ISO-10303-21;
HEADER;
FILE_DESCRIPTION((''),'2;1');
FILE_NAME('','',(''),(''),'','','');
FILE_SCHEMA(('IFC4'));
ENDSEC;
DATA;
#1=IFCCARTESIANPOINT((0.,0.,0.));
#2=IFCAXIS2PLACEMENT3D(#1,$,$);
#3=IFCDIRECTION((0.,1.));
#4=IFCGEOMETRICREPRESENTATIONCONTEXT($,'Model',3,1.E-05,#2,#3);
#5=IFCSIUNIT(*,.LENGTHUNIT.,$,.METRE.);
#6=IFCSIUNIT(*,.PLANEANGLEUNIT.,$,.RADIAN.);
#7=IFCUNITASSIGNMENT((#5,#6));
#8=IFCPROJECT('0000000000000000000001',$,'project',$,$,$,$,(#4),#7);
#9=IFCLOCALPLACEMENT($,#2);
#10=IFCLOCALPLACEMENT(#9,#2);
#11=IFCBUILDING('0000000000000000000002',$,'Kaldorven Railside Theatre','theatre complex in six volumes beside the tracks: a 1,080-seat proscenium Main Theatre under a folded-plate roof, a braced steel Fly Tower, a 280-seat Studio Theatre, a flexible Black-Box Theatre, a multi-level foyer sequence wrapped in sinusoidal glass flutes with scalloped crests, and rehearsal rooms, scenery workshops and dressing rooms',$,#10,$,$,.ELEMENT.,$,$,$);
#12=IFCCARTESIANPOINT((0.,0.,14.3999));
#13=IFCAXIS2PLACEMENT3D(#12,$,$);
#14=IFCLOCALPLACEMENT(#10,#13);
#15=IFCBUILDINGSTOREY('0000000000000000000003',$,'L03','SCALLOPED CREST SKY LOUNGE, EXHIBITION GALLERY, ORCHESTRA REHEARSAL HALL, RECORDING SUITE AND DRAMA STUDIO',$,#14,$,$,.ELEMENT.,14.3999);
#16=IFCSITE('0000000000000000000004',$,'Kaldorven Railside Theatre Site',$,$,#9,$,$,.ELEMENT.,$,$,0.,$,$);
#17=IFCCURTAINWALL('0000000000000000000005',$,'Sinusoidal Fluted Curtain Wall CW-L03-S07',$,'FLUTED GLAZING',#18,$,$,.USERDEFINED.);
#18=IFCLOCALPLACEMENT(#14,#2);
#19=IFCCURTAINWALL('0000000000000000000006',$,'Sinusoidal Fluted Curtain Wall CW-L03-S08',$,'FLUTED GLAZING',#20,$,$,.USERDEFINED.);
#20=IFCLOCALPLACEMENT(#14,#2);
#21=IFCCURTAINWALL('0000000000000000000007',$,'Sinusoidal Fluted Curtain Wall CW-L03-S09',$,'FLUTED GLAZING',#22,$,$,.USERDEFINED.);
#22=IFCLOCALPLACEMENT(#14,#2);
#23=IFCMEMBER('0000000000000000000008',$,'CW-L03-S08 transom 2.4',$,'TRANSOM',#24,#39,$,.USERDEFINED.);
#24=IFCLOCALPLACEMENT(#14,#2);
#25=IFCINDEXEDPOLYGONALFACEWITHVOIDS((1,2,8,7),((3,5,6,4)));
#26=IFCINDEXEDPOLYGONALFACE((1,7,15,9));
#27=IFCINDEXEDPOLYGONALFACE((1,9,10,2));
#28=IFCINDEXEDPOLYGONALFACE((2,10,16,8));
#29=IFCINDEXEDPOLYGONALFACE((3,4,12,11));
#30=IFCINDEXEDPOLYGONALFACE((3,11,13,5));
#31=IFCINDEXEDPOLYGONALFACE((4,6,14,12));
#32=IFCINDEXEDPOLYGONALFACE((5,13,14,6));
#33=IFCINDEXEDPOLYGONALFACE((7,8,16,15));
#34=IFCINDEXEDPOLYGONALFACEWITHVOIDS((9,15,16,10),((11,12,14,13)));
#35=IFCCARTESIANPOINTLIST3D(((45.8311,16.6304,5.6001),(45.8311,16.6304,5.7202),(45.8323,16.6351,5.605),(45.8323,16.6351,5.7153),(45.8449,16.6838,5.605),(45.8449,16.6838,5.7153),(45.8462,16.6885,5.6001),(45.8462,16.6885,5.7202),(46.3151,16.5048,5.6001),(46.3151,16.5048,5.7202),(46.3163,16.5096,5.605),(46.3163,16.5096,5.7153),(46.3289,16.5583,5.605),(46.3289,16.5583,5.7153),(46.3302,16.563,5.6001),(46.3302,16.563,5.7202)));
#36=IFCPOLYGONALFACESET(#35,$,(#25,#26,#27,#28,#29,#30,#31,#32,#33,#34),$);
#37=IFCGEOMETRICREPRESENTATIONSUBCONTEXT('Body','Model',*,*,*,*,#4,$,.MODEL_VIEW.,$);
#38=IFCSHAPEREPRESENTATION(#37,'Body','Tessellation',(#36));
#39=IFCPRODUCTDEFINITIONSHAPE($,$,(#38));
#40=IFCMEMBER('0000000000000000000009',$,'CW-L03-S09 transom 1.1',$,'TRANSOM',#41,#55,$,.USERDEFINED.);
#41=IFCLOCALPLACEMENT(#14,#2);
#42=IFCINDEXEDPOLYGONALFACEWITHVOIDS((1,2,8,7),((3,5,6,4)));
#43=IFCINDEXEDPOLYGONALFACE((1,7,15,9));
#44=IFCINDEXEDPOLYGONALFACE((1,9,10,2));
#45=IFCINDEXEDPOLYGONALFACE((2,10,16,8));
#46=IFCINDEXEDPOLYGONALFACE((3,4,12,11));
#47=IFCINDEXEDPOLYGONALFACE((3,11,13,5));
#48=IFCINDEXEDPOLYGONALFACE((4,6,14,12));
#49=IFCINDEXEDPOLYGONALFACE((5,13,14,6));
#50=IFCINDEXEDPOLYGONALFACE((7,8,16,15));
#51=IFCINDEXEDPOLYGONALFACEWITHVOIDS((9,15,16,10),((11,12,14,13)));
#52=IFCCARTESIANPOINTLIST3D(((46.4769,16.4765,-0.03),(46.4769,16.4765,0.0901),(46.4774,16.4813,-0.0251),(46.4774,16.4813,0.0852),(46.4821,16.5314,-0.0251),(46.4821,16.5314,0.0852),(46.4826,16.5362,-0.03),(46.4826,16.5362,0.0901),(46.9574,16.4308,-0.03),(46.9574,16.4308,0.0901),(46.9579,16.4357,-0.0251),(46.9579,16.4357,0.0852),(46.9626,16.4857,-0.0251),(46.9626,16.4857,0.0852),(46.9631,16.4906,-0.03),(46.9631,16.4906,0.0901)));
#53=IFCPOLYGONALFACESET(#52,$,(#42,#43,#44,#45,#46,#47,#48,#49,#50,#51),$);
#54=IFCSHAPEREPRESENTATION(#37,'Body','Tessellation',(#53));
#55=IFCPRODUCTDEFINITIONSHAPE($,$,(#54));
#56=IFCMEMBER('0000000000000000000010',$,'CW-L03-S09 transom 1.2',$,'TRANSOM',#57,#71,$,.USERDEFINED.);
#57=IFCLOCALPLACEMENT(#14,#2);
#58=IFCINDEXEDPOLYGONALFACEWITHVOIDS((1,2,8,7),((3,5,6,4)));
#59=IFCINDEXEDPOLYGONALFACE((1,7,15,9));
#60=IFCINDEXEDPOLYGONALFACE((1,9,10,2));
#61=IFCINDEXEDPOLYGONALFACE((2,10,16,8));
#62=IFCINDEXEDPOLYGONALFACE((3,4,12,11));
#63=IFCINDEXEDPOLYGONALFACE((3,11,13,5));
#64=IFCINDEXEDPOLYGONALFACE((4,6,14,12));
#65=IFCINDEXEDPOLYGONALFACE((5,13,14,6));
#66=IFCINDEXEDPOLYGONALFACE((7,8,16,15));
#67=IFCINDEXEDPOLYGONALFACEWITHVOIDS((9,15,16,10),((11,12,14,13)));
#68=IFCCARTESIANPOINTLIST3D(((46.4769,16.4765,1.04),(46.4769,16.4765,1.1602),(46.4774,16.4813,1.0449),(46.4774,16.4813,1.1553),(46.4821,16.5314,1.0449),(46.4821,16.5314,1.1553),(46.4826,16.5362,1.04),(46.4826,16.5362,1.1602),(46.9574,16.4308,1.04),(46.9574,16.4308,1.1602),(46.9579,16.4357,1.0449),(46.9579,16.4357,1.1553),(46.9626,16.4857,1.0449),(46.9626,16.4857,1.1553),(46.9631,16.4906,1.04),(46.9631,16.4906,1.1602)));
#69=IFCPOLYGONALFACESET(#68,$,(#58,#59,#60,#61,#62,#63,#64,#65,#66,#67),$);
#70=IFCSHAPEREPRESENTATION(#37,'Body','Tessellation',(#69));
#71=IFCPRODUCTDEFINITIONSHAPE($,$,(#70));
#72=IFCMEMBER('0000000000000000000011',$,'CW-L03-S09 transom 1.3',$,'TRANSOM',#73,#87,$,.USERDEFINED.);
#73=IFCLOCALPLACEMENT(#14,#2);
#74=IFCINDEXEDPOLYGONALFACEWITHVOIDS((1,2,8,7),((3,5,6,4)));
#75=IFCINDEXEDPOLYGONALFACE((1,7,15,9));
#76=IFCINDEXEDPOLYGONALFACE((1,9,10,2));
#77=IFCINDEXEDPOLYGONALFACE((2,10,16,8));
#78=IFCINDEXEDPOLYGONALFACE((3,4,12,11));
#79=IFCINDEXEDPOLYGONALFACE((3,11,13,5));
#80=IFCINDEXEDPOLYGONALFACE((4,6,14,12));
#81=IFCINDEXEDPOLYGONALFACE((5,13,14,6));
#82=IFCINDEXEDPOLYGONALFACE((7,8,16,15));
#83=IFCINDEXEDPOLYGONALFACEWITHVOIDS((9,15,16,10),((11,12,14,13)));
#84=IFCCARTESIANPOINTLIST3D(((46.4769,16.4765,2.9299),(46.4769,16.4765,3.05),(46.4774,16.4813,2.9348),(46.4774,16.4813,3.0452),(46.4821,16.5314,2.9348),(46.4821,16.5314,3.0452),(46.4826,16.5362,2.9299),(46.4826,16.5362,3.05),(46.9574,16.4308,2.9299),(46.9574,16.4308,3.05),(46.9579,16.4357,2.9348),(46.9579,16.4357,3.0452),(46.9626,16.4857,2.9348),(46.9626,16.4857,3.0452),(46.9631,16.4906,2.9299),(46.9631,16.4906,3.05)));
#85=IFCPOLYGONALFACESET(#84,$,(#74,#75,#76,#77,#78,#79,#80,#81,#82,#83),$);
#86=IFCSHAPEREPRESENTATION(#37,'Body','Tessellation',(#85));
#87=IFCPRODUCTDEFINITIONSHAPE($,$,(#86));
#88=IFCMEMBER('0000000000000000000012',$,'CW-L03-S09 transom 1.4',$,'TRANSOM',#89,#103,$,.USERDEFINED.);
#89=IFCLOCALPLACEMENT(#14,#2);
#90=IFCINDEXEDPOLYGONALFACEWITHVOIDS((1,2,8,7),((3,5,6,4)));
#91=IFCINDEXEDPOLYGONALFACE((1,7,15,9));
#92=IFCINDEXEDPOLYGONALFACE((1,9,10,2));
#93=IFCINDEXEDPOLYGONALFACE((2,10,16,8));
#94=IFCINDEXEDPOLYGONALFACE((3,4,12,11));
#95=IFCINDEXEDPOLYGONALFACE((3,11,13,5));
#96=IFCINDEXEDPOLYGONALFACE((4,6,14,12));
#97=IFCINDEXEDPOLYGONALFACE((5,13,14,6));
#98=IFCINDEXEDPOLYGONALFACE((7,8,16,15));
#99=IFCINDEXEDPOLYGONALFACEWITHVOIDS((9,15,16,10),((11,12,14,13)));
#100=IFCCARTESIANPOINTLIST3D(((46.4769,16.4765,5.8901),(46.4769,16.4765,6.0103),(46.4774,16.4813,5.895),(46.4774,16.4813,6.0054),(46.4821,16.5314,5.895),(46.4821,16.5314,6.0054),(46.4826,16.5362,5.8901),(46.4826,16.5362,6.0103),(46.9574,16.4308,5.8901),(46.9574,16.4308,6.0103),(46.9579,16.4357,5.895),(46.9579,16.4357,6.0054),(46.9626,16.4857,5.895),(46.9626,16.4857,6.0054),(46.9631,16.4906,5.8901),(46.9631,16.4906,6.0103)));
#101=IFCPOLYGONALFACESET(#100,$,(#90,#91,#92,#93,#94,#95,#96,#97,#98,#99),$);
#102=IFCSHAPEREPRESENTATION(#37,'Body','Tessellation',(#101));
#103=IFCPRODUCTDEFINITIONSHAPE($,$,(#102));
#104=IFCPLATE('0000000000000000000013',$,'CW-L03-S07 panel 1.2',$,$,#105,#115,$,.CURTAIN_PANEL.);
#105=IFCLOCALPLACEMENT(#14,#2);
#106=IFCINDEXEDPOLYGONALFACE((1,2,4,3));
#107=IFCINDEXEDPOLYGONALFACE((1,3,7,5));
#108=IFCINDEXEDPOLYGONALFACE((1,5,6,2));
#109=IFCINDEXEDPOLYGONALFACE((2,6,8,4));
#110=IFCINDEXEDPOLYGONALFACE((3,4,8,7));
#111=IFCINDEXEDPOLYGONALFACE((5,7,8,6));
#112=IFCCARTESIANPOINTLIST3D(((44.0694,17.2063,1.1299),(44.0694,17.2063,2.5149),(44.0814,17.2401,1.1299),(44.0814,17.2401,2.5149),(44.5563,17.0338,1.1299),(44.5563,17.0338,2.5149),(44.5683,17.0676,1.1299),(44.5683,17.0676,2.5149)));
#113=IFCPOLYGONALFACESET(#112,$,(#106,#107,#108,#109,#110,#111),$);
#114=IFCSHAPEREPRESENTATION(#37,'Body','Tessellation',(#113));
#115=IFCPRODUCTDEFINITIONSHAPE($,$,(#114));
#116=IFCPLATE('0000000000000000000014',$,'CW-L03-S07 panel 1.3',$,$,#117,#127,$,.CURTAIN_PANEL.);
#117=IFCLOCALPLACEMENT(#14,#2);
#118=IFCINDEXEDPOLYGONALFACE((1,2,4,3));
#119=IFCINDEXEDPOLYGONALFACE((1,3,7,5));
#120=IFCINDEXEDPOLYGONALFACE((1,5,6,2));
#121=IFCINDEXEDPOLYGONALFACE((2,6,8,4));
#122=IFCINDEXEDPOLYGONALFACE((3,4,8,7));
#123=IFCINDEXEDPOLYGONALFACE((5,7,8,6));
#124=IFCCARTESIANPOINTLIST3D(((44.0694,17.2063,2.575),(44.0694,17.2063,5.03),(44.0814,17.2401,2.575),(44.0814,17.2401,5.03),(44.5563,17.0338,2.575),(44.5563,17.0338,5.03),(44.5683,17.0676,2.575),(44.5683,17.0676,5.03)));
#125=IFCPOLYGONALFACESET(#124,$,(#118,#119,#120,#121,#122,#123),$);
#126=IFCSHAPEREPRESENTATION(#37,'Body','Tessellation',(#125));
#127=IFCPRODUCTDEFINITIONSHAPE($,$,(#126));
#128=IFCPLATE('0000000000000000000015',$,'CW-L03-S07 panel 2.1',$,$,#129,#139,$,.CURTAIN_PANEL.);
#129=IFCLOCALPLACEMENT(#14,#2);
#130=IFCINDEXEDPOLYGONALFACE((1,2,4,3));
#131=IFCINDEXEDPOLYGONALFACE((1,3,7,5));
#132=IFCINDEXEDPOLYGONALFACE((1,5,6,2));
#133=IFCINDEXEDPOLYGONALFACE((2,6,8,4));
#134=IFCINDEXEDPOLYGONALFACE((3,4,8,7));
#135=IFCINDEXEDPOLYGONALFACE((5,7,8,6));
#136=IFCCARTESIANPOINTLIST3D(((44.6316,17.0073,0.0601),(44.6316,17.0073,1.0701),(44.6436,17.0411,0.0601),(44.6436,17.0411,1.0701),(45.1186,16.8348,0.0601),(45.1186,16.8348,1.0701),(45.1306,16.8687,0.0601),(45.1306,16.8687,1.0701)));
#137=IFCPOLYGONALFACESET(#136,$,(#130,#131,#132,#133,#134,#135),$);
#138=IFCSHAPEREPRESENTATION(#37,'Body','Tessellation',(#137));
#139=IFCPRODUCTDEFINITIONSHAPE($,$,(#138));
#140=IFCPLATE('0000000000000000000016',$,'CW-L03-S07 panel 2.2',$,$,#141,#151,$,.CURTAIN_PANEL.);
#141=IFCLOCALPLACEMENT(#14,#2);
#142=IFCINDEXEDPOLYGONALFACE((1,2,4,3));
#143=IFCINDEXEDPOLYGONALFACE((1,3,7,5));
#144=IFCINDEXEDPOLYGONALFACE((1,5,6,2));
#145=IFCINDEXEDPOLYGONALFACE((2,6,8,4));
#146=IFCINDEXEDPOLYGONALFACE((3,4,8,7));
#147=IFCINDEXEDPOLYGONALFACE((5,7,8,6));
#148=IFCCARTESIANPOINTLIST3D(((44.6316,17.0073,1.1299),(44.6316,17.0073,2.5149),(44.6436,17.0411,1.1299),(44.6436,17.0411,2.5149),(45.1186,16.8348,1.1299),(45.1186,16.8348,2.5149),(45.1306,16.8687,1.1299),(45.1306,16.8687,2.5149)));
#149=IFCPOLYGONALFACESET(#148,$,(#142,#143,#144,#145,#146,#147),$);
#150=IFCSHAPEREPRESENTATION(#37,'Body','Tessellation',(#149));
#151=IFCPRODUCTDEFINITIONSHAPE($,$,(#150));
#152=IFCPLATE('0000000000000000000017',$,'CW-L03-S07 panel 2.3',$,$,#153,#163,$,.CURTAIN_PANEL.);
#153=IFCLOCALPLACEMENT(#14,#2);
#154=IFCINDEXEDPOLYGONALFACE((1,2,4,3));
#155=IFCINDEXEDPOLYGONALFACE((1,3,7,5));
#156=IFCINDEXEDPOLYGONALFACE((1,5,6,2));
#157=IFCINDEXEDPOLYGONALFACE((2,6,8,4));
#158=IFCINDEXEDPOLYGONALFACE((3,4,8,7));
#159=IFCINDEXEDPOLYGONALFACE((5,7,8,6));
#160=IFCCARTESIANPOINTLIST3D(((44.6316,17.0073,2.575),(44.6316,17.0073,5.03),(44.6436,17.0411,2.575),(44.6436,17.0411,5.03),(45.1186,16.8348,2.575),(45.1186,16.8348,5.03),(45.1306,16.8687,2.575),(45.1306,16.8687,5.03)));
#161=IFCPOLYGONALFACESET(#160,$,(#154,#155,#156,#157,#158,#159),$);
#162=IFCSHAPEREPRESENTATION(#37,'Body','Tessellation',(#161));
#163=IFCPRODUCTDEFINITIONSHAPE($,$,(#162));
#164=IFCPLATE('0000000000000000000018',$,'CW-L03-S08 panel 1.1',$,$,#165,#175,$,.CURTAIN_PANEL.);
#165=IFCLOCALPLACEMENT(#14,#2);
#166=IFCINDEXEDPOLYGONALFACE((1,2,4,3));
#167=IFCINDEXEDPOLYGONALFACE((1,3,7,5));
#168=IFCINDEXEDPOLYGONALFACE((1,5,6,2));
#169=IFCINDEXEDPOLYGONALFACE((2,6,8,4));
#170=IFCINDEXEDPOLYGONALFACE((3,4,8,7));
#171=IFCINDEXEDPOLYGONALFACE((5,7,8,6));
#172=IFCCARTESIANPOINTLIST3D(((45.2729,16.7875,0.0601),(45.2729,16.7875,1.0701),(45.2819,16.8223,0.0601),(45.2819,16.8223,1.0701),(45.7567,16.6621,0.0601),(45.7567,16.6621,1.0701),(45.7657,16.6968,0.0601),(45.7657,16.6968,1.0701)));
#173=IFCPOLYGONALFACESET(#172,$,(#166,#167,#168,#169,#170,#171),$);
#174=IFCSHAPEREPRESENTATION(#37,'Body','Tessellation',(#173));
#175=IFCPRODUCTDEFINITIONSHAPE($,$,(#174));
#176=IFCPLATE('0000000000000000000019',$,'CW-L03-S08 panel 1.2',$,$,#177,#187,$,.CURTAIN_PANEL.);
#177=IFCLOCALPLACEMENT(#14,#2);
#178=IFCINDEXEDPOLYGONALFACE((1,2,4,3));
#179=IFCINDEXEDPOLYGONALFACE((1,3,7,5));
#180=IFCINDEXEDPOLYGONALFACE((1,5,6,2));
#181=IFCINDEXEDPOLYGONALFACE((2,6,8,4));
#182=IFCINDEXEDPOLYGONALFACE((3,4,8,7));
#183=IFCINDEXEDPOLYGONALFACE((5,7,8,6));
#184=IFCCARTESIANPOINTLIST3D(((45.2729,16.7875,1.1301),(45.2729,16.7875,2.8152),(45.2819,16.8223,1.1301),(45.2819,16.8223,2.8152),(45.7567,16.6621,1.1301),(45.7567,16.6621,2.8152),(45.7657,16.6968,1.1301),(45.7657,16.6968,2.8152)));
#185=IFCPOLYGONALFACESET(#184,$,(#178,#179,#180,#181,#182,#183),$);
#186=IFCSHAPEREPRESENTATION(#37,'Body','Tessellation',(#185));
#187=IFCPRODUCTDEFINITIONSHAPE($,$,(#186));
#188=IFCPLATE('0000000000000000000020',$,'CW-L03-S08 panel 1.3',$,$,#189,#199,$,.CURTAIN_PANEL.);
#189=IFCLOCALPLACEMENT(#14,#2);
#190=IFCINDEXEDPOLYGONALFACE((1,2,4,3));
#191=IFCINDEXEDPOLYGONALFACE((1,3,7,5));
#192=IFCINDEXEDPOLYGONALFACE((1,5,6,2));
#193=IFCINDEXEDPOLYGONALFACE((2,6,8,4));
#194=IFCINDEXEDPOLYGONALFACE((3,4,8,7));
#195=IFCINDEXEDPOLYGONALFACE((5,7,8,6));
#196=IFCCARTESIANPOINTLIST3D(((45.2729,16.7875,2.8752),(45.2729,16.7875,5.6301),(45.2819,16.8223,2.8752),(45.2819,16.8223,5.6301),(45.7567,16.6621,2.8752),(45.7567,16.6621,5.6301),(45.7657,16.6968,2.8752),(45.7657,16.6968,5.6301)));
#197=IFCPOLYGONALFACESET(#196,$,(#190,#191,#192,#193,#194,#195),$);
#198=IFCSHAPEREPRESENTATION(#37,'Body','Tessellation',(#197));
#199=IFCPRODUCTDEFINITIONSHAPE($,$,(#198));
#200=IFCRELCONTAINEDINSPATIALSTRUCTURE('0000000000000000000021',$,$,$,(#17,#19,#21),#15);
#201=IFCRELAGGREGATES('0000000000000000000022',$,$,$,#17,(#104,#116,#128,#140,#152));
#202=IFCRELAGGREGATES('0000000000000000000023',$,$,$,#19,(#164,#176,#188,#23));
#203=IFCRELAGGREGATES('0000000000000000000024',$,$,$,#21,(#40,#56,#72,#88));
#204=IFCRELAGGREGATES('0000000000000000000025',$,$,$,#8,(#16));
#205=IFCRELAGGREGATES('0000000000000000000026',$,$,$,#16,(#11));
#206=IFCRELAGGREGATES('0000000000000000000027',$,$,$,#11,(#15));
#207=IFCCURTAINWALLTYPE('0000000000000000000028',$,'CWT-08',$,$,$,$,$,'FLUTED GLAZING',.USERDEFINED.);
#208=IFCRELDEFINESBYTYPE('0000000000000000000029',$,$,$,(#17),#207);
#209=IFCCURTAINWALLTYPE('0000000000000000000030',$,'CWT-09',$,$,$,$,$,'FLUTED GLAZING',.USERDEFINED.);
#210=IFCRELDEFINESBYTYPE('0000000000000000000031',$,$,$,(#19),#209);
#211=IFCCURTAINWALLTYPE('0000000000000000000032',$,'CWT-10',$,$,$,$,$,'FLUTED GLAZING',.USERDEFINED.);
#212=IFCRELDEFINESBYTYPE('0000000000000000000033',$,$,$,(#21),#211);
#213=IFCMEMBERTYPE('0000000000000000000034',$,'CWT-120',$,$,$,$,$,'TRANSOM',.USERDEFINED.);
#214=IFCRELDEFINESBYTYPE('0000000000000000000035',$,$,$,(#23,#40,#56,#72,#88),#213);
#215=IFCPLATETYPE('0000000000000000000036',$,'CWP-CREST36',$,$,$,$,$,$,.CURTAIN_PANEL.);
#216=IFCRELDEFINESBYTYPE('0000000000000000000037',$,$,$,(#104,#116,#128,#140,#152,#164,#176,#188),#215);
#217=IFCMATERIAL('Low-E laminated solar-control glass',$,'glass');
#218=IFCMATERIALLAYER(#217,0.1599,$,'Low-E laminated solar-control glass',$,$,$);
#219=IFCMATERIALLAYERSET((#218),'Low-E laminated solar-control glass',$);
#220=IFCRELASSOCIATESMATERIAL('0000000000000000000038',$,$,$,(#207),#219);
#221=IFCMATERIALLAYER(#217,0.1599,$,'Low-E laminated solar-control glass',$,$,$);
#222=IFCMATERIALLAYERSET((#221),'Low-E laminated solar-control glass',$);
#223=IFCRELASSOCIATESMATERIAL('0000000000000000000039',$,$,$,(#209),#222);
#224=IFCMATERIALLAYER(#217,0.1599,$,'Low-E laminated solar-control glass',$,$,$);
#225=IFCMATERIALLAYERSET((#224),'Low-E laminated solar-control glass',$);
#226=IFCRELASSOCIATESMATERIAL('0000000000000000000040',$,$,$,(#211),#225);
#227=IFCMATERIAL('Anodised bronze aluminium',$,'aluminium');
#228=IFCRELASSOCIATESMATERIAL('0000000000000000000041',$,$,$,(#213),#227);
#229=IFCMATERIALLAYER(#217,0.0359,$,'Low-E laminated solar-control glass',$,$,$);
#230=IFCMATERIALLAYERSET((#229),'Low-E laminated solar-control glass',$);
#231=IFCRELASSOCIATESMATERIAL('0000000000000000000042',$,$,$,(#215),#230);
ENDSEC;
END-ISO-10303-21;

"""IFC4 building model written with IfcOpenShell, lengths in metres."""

from ifc_helpers import new_model, si_unit, direction, frame, origin, origin_2d, place, context, subcontext, project, spatial, rectangle, hollow_rectangle, extrude, material, layer, layer_set, material_profile, profile_set, type_object, element, aggregate, save


model = new_model("IFC4")

# Units and contexts
model_context = context("Model", 3, precision=1e-05, world=origin(), true_north=direction((0.0, 1.0)))
body_context = subcontext(model_context, "Body", "Model", "MODEL_VIEW")
ifc_project = project(units=[si_unit("LENGTHUNIT", "METRE"), si_unit("PLANEANGLEUNIT", "RADIAN")], contexts=[model_context])

# Site, building, storey
site_placement = place(None, origin())
site = spatial("IfcSite", under=ifc_project, at=site_placement, Name="Kaldorven Railside Theatre Site", CompositionType="ELEMENT", RefElevation=0.0)
building_placement = place(site_placement, origin())
building = spatial("IfcBuilding", under=site, at=building_placement, Name="Kaldorven Railside Theatre", Description="theatre complex in six volumes beside the tracks: a 1,080-seat proscenium Main Theatre under a folded-plate roof, a braced steel Fly Tower, a 280-seat Studio Theatre, a flexible Black-Box Theatre, a multi-level foyer sequence wrapped in sinusoidal glass flutes with scalloped crests, and rehearsal rooms, scenery workshops and dressing rooms", CompositionType="ELEMENT")
storey_placement = place(building_placement, frame((0.0, 0.0, 14.3999)))
storey = spatial("IfcBuildingStorey", under=building, at=storey_placement, Name="L03", Description="SCALLOPED CREST SKY LOUNGE, EXHIBITION GALLERY, ORCHESTRA REHEARSAL HALL, RECORDING SUITE AND DRAMA STUDIO", CompositionType="ELEMENT", Elevation=14.3999)

# Curtain walls
ifc_material_1 = material(Name="Low-E laminated solar-control glass", Category="glass")
ifc_layer_1 = layer(ifc_material_1, 0.1599, Name="Low-E laminated solar-control glass")
ifc_layer_set_1 = layer_set([ifc_layer_1], Name="Low-E laminated solar-control glass")
curtain_wall_type_1 = type_object("IfcCurtainWallType", Name="CWT-08", ElementType="FLUTED GLAZING", PredefinedType="USERDEFINED", material=ifc_layer_set_1)
curtain_wall_1_placement = place(storey_placement, origin())
curtain_wall_1 = element("IfcCurtainWall", 1, at=curtain_wall_1_placement, inside=storey, type_object=curtain_wall_type_1, Name="Sinusoidal Fluted Curtain Wall CW-L03-S07", ObjectType="FLUTED GLAZING", PredefinedType="USERDEFINED")
ifc_material_2 = material(Name="Anodised bronze aluminium", Category="aluminium")
ifc_layer_2 = layer(ifc_material_1, 0.1599, Name="Low-E laminated solar-control glass")
ifc_layer_set_2 = layer_set([ifc_layer_2], Name="Low-E laminated solar-control glass")
curtain_wall_type_2 = type_object("IfcCurtainWallType", Name="CWT-09", ElementType="FLUTED GLAZING", PredefinedType="USERDEFINED", material=ifc_layer_set_2)
curtain_wall_2_placement = place(storey_placement, origin())
curtain_wall_2 = element("IfcCurtainWall", 2, at=curtain_wall_2_placement, inside=storey, type_object=curtain_wall_type_2, Name="Sinusoidal Fluted Curtain Wall CW-L03-S08", ObjectType="FLUTED GLAZING", PredefinedType="USERDEFINED")

# Curtain wall
ifc_layer_3 = layer(ifc_material_1, 0.1599, Name="Low-E laminated solar-control glass")
ifc_layer_set_3 = layer_set([ifc_layer_3], Name="Low-E laminated solar-control glass")
curtain_wall_type_3 = type_object("IfcCurtainWallType", Name="CWT-10", ElementType="FLUTED GLAZING", PredefinedType="USERDEFINED", material=ifc_layer_set_3)
curtain_wall_3_placement = place(storey_placement, origin())
curtain_wall_3 = element("IfcCurtainWall", 3, at=curtain_wall_3_placement, inside=storey, type_object=curtain_wall_type_3, Name="Sinusoidal Fluted Curtain Wall CW-L03-S09", ObjectType="FLUTED GLAZING", PredefinedType="USERDEFINED")

# Members
ifc_material_profile_1 = material_profile(ifc_material_2, hollow_rectangle(XDim=0.0601, YDim=0.1201, WallThickness=0.0049, at=origin_2d()), Name="RHS 120x60x5")
ifc_profile_set_1 = profile_set([ifc_material_profile_1], Name="Anodised bronze aluminium")
member_type_1 = type_object("IfcMemberType", Name="CWT-120", ElementType="TRANSOM", PredefinedType="USERDEFINED", material=ifc_profile_set_1)
member_1_placement = place(storey_placement, frame((45.8386, 16.6594, 5.6602), z_axis=(0.967979, -0.25103, 0.0), x_axis=(0.25103, 0.967979, 0.0)))
member_1 = element("IfcMember", 4, at=member_1_placement, type_object=member_type_1, Name="CW-L03-S08 transom 2.4", ObjectType="TRANSOM", PredefinedType="USERDEFINED", context=body_context, shape_type="SweptSolid", body=[
    extrude(hollow_rectangle(XDim=0.0601, YDim=0.1201, WallThickness=0.0049, at=origin_2d()), origin(), (0.0, 0.0, 1.0), 0.5),
])
member_2_placement = place(storey_placement, frame((46.4797, 16.5063, 0.03), z_axis=(0.995516, -0.094594, 0.0), x_axis=(0.094594, 0.995516, 0.0)))
member_2 = element("IfcMember", 5, at=member_2_placement, type_object=member_type_1, Name="CW-L03-S09 transom 1.1", ObjectType="TRANSOM", PredefinedType="USERDEFINED", context=body_context, shape_type="SweptSolid", body=[
    extrude(hollow_rectangle(XDim=0.0601, YDim=0.1201, WallThickness=0.0049, at=origin_2d()), origin(), (0.0, 0.0, 1.0), 0.4827),
])
member_3_placement = place(storey_placement, frame((46.4797, 16.5063, 1.1001), z_axis=(0.995516, -0.094594, 0.0), x_axis=(0.094594, 0.995516, 0.0)))
member_3 = element("IfcMember", 6, at=member_3_placement, type_object=member_type_1, Name="CW-L03-S09 transom 1.2", ObjectType="TRANSOM", PredefinedType="USERDEFINED", context=body_context, shape_type="SweptSolid", body=[
    extrude(hollow_rectangle(XDim=0.0601, YDim=0.1201, WallThickness=0.0049, at=origin_2d()), origin(), (0.0, 0.0, 1.0), 0.4827),
])
member_4_placement = place(storey_placement, frame((46.4797, 16.5063, 2.99), z_axis=(0.995516, -0.094594, 0.0), x_axis=(0.094594, 0.995516, 0.0)))
member_4 = element("IfcMember", 7, at=member_4_placement, type_object=member_type_1, Name="CW-L03-S09 transom 1.3", ObjectType="TRANSOM", PredefinedType="USERDEFINED", context=body_context, shape_type="SweptSolid", body=[
    extrude(hollow_rectangle(XDim=0.0601, YDim=0.1201, WallThickness=0.0049, at=origin_2d()), origin(), (0.0, 0.0, 1.0), 0.4827),
])
member_5_placement = place(storey_placement, frame((46.4797, 16.5063, 5.9502), z_axis=(0.995516, -0.094594, 0.0), x_axis=(0.094594, 0.995516, 0.0)))
member_5 = element("IfcMember", 8, at=member_5_placement, type_object=member_type_1, Name="CW-L03-S09 transom 1.4", ObjectType="TRANSOM", PredefinedType="USERDEFINED", context=body_context, shape_type="SweptSolid", body=[
    extrude(hollow_rectangle(XDim=0.0601, YDim=0.1201, WallThickness=0.0049, at=origin_2d()), origin(), (0.0, 0.0, 1.0), 0.4827),
])

# Plates
ifc_layer_4 = layer(ifc_material_1, 0.0359, Name="Low-E laminated solar-control glass")
ifc_layer_set_4 = layer_set([ifc_layer_4], Name="Low-E laminated solar-control glass")
plate_type = type_object("IfcPlateType", Name="CWP-CREST36", PredefinedType="CURTAIN_PANEL", material=ifc_layer_set_4)
plate_1_placement = place(storey_placement, frame((44.3188, 17.137, 1.1299), z_axis=(0.0, 0.0, 1.0), x_axis=(0.942627, -0.333847, 0.0)))
plate_1 = element("IfcPlate", 9, at=plate_1_placement, type_object=plate_type, Name="CW-L03-S07 panel 1.2", PredefinedType="CURTAIN_PANEL", context=body_context, shape_type="SweptSolid", body=[
    extrude(rectangle(XDim=0.5166, YDim=0.0359, at=origin_2d()), origin(), (0.0, 0.0, 1.0), 1.385),
])
plate_2_placement = place(storey_placement, frame((44.3188, 17.137, 2.575), z_axis=(0.0, 0.0, 1.0), x_axis=(0.942627, -0.333847, 0.0)))
plate_2 = element("IfcPlate", 10, at=plate_2_placement, type_object=plate_type, Name="CW-L03-S07 panel 1.3", PredefinedType="CURTAIN_PANEL", context=body_context, shape_type="SweptSolid", body=[
    extrude(rectangle(XDim=0.5166, YDim=0.0359, at=origin_2d()), origin(), (0.0, 0.0, 1.0), 2.4551),
])
plate_3_placement = place(storey_placement, frame((44.8811, 16.938, 0.0601), z_axis=(0.0, 0.0, 1.0), x_axis=(0.942627, -0.333847, 0.0)))
plate_3 = element("IfcPlate", 11, at=plate_3_placement, type_object=plate_type, Name="CW-L03-S07 panel 2.1", PredefinedType="CURTAIN_PANEL", context=body_context, shape_type="SweptSolid", body=[
    extrude(rectangle(XDim=0.5166, YDim=0.0359, at=origin_2d()), origin(), (0.0, 0.0, 1.0), 1.01),
])
plate_4_placement = place(storey_placement, frame((44.8811, 16.938, 1.1299), z_axis=(0.0, 0.0, 1.0), x_axis=(0.942627, -0.333847, 0.0)))
plate_4 = element("IfcPlate", 12, at=plate_4_placement, type_object=plate_type, Name="CW-L03-S07 panel 2.2", PredefinedType="CURTAIN_PANEL", context=body_context, shape_type="SweptSolid", body=[
    extrude(rectangle(XDim=0.5166, YDim=0.0359, at=origin_2d()), origin(), (0.0, 0.0, 1.0), 1.385),
])
plate_5_placement = place(storey_placement, frame((44.8811, 16.938, 2.575), z_axis=(0.0, 0.0, 1.0), x_axis=(0.942627, -0.333847, 0.0)))
plate_5 = element("IfcPlate", 13, at=plate_5_placement, type_object=plate_type, Name="CW-L03-S07 panel 2.3", PredefinedType="CURTAIN_PANEL", context=body_context, shape_type="SweptSolid", body=[
    extrude(rectangle(XDim=0.5166, YDim=0.0359, at=origin_2d()), origin(), (0.0, 0.0, 1.0), 2.4551),
])
aggregate(curtain_wall_1, [plate_1, plate_2, plate_3, plate_4, plate_5])
plate_6_placement = place(storey_placement, frame((45.5193, 16.7422, 0.0601), z_axis=(0.0, 0.0, 1.0), x_axis=(0.967999, -0.250954, 0.0)))
plate_6 = element("IfcPlate", 14, at=plate_6_placement, type_object=plate_type, Name="CW-L03-S08 panel 1.1", PredefinedType="CURTAIN_PANEL", context=body_context, shape_type="SweptSolid", body=[
    extrude(rectangle(XDim=0.4998, YDim=0.0359, at=origin_2d()), origin(), (0.0, 0.0, 1.0), 1.01),
])
plate_7_placement = place(storey_placement, frame((45.5193, 16.7422, 1.1301), z_axis=(0.0, 0.0, 1.0), x_axis=(0.967999, -0.250954, 0.0)))
plate_7 = element("IfcPlate", 15, at=plate_7_placement, type_object=plate_type, Name="CW-L03-S08 panel 1.2", PredefinedType="CURTAIN_PANEL", context=body_context, shape_type="SweptSolid", body=[
    extrude(rectangle(XDim=0.4998, YDim=0.0359, at=origin_2d()), origin(), (0.0, 0.0, 1.0), 1.6851),
])
plate_8_placement = place(storey_placement, frame((45.5193, 16.7422, 2.8752), z_axis=(0.0, 0.0, 1.0), x_axis=(0.967999, -0.250954, 0.0)))
plate_8 = element("IfcPlate", 16, at=plate_8_placement, type_object=plate_type, Name="CW-L03-S08 panel 1.3", PredefinedType="CURTAIN_PANEL", context=body_context, shape_type="SweptSolid", body=[
    extrude(rectangle(XDim=0.4998, YDim=0.0359, at=origin_2d()), origin(), (0.0, 0.0, 1.0), 2.7549),
])
aggregate(curtain_wall_2, [plate_6, plate_7, plate_8, member_1])
aggregate(curtain_wall_3, [member_2, member_3, member_4, member_5])

save(model, "model.ifc")
